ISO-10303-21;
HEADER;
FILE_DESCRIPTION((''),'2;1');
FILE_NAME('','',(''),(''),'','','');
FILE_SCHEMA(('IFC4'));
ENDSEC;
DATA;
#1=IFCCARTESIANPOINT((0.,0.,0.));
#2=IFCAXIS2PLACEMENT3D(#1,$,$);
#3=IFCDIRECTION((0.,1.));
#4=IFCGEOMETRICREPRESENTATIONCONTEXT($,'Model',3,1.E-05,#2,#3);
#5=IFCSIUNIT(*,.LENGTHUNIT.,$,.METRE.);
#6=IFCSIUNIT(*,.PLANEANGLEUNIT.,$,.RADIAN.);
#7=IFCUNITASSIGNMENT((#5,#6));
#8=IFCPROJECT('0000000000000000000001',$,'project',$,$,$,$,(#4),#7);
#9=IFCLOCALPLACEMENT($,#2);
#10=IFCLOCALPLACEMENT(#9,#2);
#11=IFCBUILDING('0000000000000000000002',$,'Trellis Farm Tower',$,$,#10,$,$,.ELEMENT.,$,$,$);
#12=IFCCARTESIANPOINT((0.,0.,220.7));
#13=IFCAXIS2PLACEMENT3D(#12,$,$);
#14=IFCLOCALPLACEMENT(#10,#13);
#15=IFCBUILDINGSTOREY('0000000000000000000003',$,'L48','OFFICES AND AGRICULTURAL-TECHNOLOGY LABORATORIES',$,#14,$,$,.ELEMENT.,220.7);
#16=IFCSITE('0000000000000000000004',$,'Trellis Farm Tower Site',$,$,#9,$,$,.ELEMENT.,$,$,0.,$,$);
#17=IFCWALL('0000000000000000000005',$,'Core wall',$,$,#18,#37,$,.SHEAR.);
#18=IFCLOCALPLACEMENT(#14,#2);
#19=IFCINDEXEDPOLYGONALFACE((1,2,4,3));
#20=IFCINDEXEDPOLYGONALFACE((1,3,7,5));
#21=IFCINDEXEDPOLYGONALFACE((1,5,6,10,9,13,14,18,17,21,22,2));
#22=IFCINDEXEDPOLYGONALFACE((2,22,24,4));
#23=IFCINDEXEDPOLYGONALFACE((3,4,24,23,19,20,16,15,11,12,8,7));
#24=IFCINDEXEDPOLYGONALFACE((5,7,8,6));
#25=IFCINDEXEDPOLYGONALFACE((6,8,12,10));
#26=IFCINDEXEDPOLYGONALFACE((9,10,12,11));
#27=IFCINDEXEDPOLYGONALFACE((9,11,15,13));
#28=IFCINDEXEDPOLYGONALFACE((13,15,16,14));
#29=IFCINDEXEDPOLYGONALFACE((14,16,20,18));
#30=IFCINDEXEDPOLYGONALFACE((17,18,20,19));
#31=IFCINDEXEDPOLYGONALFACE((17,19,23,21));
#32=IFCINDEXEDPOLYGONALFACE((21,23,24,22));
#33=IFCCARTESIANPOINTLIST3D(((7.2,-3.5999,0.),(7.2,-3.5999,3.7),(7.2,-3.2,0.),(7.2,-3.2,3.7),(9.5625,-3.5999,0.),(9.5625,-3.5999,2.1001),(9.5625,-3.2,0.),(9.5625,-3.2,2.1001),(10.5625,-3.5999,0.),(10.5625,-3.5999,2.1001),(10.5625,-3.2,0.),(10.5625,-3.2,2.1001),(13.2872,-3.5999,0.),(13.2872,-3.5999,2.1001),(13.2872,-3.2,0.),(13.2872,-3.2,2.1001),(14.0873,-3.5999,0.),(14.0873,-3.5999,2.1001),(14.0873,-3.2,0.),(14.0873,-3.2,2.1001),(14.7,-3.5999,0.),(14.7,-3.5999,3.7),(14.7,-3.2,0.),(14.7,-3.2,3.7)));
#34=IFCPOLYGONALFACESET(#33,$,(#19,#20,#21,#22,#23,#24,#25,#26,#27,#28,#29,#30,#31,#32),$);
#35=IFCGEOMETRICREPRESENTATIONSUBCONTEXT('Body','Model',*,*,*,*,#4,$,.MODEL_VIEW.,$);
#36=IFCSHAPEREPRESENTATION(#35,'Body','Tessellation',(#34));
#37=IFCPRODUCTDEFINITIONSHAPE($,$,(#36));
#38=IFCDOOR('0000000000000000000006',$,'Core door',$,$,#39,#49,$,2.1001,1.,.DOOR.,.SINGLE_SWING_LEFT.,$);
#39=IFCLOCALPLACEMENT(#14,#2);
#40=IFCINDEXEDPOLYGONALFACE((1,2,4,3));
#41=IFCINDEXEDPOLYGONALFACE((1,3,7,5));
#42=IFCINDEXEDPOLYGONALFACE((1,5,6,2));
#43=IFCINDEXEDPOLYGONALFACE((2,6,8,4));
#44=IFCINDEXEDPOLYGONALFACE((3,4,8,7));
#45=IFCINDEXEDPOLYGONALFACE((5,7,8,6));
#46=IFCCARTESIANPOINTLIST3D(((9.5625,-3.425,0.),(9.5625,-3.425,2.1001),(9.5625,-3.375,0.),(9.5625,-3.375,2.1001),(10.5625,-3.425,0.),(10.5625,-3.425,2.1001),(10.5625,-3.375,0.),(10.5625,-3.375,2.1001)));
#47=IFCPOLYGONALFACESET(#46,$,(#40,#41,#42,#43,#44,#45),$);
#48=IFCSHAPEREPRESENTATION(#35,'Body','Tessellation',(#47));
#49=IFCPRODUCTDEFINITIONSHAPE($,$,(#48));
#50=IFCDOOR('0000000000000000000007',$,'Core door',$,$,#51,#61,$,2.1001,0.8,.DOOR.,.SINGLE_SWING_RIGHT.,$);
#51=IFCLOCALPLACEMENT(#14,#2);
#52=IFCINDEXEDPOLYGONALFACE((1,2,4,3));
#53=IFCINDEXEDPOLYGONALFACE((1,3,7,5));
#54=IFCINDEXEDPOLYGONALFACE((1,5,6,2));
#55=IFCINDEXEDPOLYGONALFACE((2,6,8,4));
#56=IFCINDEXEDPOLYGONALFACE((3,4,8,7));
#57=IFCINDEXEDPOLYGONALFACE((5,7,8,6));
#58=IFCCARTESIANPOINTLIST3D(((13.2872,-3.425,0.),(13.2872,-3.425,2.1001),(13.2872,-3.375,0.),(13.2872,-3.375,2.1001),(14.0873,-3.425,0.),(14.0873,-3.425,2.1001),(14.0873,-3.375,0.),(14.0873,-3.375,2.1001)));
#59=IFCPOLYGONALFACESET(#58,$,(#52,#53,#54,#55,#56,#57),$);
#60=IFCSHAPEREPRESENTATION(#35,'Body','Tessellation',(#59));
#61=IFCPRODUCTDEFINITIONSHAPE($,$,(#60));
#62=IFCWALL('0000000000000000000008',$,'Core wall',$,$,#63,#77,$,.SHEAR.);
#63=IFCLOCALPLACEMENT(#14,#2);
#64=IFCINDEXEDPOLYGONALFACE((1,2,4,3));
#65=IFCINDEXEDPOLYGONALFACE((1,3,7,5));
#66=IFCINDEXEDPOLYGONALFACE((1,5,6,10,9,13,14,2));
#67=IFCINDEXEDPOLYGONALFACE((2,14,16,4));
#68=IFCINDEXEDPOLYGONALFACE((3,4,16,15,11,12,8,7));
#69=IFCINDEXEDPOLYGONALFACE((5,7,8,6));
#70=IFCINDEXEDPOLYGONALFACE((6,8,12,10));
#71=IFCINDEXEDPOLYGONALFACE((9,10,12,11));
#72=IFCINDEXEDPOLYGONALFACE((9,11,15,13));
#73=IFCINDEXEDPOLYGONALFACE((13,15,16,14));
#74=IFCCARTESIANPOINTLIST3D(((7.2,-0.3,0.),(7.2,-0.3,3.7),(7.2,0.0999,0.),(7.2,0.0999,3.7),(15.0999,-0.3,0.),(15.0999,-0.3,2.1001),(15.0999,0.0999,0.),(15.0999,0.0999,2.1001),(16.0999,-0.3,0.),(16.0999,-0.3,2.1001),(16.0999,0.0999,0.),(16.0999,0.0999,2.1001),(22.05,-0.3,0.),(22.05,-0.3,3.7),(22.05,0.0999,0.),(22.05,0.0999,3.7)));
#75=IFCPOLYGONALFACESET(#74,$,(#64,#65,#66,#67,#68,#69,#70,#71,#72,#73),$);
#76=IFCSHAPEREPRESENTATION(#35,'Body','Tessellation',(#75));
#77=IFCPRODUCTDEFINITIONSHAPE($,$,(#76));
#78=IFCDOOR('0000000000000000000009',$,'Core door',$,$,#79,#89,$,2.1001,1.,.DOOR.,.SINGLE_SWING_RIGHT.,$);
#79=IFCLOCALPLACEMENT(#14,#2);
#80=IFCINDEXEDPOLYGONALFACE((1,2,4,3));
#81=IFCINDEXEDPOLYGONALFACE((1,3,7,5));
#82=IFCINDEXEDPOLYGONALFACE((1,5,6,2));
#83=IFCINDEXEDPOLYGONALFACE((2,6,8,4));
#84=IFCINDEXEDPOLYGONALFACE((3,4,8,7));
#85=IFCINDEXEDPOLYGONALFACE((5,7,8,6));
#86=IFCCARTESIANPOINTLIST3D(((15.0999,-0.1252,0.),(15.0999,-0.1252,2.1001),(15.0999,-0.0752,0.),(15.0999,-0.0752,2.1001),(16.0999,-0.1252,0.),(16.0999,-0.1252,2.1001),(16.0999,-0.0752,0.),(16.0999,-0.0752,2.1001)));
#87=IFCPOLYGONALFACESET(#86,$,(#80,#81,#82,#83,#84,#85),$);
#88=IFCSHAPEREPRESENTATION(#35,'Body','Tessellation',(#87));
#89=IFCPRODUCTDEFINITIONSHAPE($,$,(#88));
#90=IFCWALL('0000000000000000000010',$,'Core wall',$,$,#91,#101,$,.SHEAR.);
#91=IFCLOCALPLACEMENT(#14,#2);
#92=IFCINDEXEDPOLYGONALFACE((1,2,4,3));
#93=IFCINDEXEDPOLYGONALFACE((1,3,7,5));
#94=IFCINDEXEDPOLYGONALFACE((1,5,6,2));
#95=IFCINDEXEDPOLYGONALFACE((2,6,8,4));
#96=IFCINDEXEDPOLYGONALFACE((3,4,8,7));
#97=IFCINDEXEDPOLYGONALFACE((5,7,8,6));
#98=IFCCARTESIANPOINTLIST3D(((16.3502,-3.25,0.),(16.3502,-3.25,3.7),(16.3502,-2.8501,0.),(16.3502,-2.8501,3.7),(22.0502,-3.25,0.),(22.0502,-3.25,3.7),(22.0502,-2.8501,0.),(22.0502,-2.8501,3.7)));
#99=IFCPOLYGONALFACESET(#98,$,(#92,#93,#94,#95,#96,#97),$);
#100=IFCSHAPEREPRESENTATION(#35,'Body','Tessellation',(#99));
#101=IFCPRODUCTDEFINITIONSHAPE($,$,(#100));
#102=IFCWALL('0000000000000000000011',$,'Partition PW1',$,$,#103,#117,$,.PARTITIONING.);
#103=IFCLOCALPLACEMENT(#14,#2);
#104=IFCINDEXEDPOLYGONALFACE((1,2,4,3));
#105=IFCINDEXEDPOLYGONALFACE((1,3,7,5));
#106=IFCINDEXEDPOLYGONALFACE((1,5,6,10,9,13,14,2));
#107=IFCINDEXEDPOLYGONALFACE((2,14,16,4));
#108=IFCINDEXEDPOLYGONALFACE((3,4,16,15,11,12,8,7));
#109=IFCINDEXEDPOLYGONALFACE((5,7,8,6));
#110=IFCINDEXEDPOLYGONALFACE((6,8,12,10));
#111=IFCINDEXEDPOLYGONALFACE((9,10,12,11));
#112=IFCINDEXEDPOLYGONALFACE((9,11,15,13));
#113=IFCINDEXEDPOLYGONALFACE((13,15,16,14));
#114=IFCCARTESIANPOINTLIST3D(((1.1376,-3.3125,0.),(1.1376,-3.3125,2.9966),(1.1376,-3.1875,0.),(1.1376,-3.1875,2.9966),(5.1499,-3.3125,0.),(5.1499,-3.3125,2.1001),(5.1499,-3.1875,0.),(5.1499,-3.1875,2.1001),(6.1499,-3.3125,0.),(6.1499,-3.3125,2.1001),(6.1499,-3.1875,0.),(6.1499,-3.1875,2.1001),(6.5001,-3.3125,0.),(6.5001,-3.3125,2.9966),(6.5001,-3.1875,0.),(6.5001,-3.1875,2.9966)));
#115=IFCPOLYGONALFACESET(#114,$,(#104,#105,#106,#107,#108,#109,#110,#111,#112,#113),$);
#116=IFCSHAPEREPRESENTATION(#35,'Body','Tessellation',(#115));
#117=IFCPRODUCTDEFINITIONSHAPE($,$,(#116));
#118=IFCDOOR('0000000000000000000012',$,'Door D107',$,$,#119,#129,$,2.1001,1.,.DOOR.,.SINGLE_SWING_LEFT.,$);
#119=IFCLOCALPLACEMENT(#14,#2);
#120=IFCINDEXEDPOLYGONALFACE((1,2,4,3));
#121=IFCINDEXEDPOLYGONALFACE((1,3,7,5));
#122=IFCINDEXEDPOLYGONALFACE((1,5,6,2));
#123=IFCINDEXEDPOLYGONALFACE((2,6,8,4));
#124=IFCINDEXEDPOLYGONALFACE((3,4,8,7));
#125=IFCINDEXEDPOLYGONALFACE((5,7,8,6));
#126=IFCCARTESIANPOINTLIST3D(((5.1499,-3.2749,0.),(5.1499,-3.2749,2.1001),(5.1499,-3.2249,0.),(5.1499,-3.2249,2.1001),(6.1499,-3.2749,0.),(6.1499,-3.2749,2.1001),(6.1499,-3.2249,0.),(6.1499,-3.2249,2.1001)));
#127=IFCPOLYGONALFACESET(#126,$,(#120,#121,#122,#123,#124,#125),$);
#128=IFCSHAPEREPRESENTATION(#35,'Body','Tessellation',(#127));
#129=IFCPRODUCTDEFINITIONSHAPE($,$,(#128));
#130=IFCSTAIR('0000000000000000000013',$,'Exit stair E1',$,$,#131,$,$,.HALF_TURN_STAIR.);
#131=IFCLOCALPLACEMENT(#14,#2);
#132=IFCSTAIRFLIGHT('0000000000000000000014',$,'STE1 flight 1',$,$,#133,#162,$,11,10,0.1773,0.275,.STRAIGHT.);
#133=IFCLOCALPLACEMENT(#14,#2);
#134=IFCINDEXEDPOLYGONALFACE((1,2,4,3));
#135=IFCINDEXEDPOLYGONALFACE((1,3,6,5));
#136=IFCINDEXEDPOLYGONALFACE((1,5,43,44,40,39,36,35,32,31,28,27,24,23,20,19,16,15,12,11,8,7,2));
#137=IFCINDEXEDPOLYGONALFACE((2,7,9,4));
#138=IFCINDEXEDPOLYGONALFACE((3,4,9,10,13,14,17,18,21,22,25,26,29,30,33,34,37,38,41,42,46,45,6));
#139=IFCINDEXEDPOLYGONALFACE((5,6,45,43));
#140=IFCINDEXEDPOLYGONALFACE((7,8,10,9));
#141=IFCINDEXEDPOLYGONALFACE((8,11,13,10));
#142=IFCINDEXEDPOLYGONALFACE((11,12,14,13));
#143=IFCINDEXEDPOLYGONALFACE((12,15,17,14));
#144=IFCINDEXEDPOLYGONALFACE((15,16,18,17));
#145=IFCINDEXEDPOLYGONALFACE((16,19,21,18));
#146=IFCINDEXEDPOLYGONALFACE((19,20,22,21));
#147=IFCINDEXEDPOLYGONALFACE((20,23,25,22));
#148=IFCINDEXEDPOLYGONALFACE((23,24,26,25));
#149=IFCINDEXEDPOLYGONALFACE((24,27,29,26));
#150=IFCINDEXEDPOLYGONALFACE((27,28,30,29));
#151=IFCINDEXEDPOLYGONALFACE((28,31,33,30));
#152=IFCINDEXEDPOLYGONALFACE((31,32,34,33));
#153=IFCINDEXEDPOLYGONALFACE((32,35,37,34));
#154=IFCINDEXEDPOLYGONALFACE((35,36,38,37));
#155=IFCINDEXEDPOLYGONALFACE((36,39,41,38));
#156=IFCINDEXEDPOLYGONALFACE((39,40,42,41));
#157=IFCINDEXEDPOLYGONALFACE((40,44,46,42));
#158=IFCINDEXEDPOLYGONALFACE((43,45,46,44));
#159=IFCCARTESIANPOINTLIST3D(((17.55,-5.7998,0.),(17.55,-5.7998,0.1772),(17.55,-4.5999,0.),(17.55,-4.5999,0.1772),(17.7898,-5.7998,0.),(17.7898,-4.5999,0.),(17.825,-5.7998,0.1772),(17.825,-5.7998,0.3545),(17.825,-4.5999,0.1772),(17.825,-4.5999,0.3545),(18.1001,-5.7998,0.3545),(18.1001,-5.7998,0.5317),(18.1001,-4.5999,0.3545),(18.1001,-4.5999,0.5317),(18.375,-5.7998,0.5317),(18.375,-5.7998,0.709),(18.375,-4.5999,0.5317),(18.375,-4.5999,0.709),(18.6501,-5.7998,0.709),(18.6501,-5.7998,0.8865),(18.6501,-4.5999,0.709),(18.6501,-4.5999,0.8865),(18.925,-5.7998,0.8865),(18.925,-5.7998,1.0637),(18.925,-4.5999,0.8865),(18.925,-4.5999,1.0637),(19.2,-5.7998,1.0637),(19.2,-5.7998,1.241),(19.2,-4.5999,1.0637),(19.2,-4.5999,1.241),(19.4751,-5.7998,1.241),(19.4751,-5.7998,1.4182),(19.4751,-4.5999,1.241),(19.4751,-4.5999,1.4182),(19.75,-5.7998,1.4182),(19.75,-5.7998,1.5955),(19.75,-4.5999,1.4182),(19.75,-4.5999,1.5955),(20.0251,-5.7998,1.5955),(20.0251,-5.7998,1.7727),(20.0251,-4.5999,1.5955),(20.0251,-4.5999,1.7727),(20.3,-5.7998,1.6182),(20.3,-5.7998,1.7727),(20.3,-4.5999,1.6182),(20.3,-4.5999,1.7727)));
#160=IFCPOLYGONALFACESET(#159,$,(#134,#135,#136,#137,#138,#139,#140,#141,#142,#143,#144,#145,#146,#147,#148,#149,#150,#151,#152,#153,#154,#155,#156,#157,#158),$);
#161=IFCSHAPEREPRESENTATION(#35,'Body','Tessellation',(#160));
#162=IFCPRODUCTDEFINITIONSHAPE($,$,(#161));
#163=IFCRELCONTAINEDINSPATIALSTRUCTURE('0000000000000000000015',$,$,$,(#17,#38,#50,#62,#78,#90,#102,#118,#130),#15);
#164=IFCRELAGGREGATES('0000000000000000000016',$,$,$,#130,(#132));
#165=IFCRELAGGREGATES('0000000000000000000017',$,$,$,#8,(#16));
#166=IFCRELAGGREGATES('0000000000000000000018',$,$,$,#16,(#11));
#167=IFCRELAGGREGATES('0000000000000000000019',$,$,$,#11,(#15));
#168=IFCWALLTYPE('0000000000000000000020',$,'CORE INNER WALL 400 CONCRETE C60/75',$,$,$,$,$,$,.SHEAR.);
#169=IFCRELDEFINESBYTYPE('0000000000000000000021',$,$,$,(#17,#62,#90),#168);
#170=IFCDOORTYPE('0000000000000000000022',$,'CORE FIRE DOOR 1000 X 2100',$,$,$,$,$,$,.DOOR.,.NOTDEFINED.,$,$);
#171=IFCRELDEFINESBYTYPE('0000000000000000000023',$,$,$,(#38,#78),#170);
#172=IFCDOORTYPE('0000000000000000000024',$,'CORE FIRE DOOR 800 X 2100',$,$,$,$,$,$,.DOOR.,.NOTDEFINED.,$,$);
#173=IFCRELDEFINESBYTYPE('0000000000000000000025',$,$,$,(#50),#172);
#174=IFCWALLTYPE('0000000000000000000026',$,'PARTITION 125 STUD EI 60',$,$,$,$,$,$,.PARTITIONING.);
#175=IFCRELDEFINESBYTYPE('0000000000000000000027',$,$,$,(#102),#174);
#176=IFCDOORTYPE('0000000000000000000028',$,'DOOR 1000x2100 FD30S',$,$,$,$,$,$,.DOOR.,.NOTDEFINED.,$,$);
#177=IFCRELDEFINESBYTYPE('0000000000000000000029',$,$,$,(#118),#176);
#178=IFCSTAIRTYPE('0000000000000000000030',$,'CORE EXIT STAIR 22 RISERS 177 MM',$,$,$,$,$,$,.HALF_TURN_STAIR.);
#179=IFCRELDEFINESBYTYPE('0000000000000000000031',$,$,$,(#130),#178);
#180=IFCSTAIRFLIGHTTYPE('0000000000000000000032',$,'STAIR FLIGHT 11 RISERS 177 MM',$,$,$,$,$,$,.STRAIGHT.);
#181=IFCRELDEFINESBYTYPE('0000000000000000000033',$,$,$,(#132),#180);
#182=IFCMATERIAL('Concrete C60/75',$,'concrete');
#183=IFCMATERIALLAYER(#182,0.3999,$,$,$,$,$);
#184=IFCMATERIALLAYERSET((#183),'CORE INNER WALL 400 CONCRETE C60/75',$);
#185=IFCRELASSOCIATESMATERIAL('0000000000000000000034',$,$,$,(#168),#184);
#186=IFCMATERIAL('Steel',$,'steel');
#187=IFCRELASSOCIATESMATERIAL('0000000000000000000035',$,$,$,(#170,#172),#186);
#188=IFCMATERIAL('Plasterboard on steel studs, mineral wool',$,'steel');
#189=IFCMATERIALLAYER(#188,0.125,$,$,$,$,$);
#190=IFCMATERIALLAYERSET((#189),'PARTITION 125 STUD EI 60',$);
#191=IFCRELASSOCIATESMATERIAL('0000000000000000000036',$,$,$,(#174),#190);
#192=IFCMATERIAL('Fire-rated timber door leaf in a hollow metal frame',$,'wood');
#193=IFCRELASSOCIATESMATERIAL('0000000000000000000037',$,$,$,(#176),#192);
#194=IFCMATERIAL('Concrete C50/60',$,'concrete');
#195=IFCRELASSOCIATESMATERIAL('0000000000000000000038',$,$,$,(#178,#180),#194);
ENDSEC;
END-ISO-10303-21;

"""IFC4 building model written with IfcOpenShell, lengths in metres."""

from ifc_helpers import new_model, si_unit, direction, frame, frame_2d, origin, place, context, subcontext, project, spatial, polyline, rectangle, outline, extrude, source, transform, mapped, material, layer, layer_set, type_object, element, fill, aggregate, save


model = new_model("IFC4")

# Units and contexts
model_context = context("Model", 3, precision=1e-05, world=origin(), true_north=direction((0.0, 1.0)))
body_context = subcontext(model_context, "Body", "Model", "MODEL_VIEW")
ifc_project = project(units=[si_unit("LENGTHUNIT", "METRE"), si_unit("PLANEANGLEUNIT", "RADIAN")], contexts=[model_context])

# Site, building, storey
site_placement = place(None, origin())
site = spatial("IfcSite", under=ifc_project, at=site_placement, Name="Trellis Farm Tower Site", CompositionType="ELEMENT", RefElevation=0.0)
building_placement = place(site_placement, origin())
building = spatial("IfcBuilding", under=site, at=building_placement, Name="Trellis Farm Tower", CompositionType="ELEMENT")
storey_placement = place(building_placement, frame((0.0, 0.0, 220.7)))
storey = spatial("IfcBuildingStorey", under=building, at=storey_placement, Name="L48", Description="OFFICES AND AGRICULTURAL-TECHNOLOGY LABORATORIES", CompositionType="ELEMENT", Elevation=220.7)

# Shared definitions
ifc_material_1 = material(Name="Concrete C60/75", Category="concrete")

# Shared definitions
placement = place(storey_placement, origin())

# Wall, openings, doors
ifc_layer_1 = layer(ifc_material_1, 0.3999)
ifc_layer_set_1 = layer_set([ifc_layer_1], Name="CORE INNER WALL 400 CONCRETE C60/75")
wall_type_1 = type_object("IfcWallType", Name="CORE INNER WALL 400 CONCRETE C60/75", PredefinedType="SHEAR", material=ifc_layer_set_1)
shared_shape_1 = source(origin(), body_context, "Body", "SweptSolid", [
    extrude(rectangle(XDim=7.5, YDim=0.3999, at=frame_2d((3.75, 0.0))), origin(), (0.0, 0.0, 1.0), 3.7),
])
wall_1_placement = place(storey_placement, frame((7.2, -3.3999, 0.0), z_axis=(0.0, 0.0, 1.0), x_axis=(1.0, 0.0, 0.0)))
wall_1 = element("IfcWall", 1, at=wall_1_placement, inside=storey, type_object=wall_type_1, Name="Core wall", PredefinedType="SHEAR", context=body_context, shape_type="MappedRepresentation", body=[
    mapped(shared_shape_1, transform((0.0, 0.0, 0.0))),
])
shared_shape_2 = source(origin(), body_context, "Body", "SweptSolid", [
    extrude(rectangle(XDim=1.0, YDim=2.1001, at=frame_2d((0.5, 1.05))), frame((0.0, 0.21, 0.0), z_axis=(0.0, -1.0, 0.0), x_axis=(1.0, 0.0, 0.0)), (0.0, 0.0, 1.0), 0.4199),
])
opening_1_placement = place(wall_1_placement, frame((2.3625, 0.0, 0.0)))
opening_1 = element("IfcOpeningElement", 2, at=opening_1_placement, cuts=wall_1, PredefinedType="OPENING", context=body_context, shape_type="MappedRepresentation", body=[
    mapped(shared_shape_2, transform((0.0, 0.0, 0.0))),
])
shared_shape_3 = source(origin(), body_context, "Body", "SweptSolid", [
    extrude(rectangle(XDim=0.8, YDim=2.1001, at=frame_2d((0.3999, 1.05))), frame((0.0, 0.21, 0.0), z_axis=(0.0, -1.0, 0.0), x_axis=(1.0, 0.0, 0.0)), (0.0, 0.0, 1.0), 0.4199),
])
opening_2_placement = place(wall_1_placement, frame((6.0874, 0.0, 0.0)))
opening_2 = element("IfcOpeningElement", 3, at=opening_2_placement, cuts=wall_1, PredefinedType="OPENING", context=body_context, shape_type="MappedRepresentation", body=[
    mapped(shared_shape_3, transform((0.0, 0.0, 0.0))),
])
ifc_material_2 = material(Name="Steel", Category="steel")
door_type_1 = type_object("IfcDoorType", Name="CORE FIRE DOOR 1000 X 2100", OperationType="NOTDEFINED", PredefinedType="DOOR", material=ifc_material_2)
shared_shape_4 = source(origin(), body_context, "Body", "SweptSolid", [
    extrude(rectangle(XDim=1.0, YDim=2.1001, at=frame_2d((0.5, 1.05))), frame((0.0, 0.0249, 0.0), z_axis=(0.0, -1.0, 0.0), x_axis=(1.0, 0.0, 0.0)), (0.0, 0.0, 1.0), 0.05),
])
door_1_placement = place(opening_1_placement, origin())
door_1 = element("IfcDoor", 4, at=door_1_placement, inside=storey, type_object=door_type_1, Name="Core door", OperationType="SINGLE_SWING_LEFT", OverallHeight=2.1001, OverallWidth=1.0, PredefinedType="DOOR", context=body_context, shape_type="MappedRepresentation", body=[
    mapped(shared_shape_4, transform((0.0, 0.0, 0.0))),
])
fill(opening_1, door_1)
door_type_2 = type_object("IfcDoorType", Name="CORE FIRE DOOR 800 X 2100", OperationType="NOTDEFINED", PredefinedType="DOOR", material=ifc_material_2)
shared_shape_5 = source(origin(), body_context, "Body", "SweptSolid", [
    extrude(rectangle(XDim=0.8, YDim=2.1001, at=frame_2d((0.3999, 1.05))), frame((0.0, 0.0249, 0.0), z_axis=(0.0, -1.0, 0.0), x_axis=(1.0, 0.0, 0.0)), (0.0, 0.0, 1.0), 0.05),
])
door_2_placement = place(opening_2_placement, origin())
door_2 = element("IfcDoor", 5, at=door_2_placement, inside=storey, type_object=door_type_2, Name="Core door", OperationType="SINGLE_SWING_RIGHT", OverallHeight=2.1001, OverallWidth=0.8, PredefinedType="DOOR", context=body_context, shape_type="MappedRepresentation", body=[
    mapped(shared_shape_5, transform((0.0, 0.0, 0.0))),
])
fill(opening_2, door_2)

# Wall, opening, door
shared_shape_6 = source(origin(), body_context, "Body", "SweptSolid", [
    extrude(rectangle(XDim=14.8501, YDim=0.3999, at=frame_2d((7.425, 0.0))), origin(), (0.0, 0.0, 1.0), 3.7),
])
wall_2_placement = place(storey_placement, frame((7.2, -0.1001, 0.0), z_axis=(0.0, 0.0, 1.0), x_axis=(1.0, 0.0, 0.0)))
wall_2 = element("IfcWall", 6, at=wall_2_placement, inside=storey, type_object=wall_type_1, Name="Core wall", PredefinedType="SHEAR", context=body_context, shape_type="MappedRepresentation", body=[
    mapped(shared_shape_6, transform((0.0, 0.0, 0.0))),
])
opening_3_placement = place(wall_2_placement, frame((7.8999, 0.0, 0.0)))
opening_3 = element("IfcOpeningElement", 7, at=opening_3_placement, cuts=wall_2, PredefinedType="OPENING", context=body_context, shape_type="MappedRepresentation", body=[
    mapped(shared_shape_2, transform((0.0, 0.0, 0.0))),
])
door_3_placement = place(opening_3_placement, origin())
door_3 = element("IfcDoor", 8, at=door_3_placement, inside=storey, type_object=door_type_1, Name="Core door", OperationType="SINGLE_SWING_RIGHT", OverallHeight=2.1001, OverallWidth=1.0, PredefinedType="DOOR", context=body_context, shape_type="MappedRepresentation", body=[
    mapped(shared_shape_4, transform((0.0, 0.0, 0.0))),
])
fill(opening_3, door_3)

# Wall
shared_shape_7 = source(origin(), body_context, "Body", "SweptSolid", [
    extrude(rectangle(XDim=5.7, YDim=0.3999, at=frame_2d((2.8501, 0.0))), origin(), (0.0, 0.0, 1.0), 3.7),
])
wall_3_placement = place(storey_placement, frame((16.3501, -3.05, 0.0), z_axis=(0.0, 0.0, 1.0), x_axis=(1.0, 0.0, 0.0)))
element("IfcWall", 9, at=wall_3_placement, inside=storey, type_object=wall_type_1, Name="Core wall", PredefinedType="SHEAR", context=body_context, shape_type="MappedRepresentation", body=[
    mapped(shared_shape_7, transform((0.0, 0.0, 0.0))),
])

# Wall, opening, door
ifc_material_3 = material(Name="Plasterboard on steel studs, mineral wool", Category="steel")
ifc_layer_2 = layer(ifc_material_3, 0.125)
ifc_layer_set_2 = layer_set([ifc_layer_2], Name="PARTITION 125 STUD EI 60")
wall_type_2 = type_object("IfcWallType", Name="PARTITION 125 STUD EI 60", PredefinedType="PARTITIONING", material=ifc_layer_set_2)
shared_shape_8 = source(origin(), body_context, "Body", "SweptSolid", [
    extrude(rectangle(XDim=5.3625, YDim=0.125, at=frame_2d((2.6812, 0.0))), origin(), (0.0, 0.0, 1.0), 2.9966),
])
wall_4_placement = place(storey_placement, frame((6.5, -3.25, 0.0), z_axis=(0.0, 0.0, 1.0), x_axis=(-1.0, 0.0, 0.0)))
wall_4 = element("IfcWall", 10, at=wall_4_placement, inside=storey, type_object=wall_type_2, Name="Partition PW1", PredefinedType="PARTITIONING", context=body_context, shape_type="MappedRepresentation", body=[
    mapped(shared_shape_8, transform((0.0, 0.0, 0.0))),
])
shared_shape_9 = source(origin(), body_context, "Body", "SweptSolid", [
    extrude(rectangle(XDim=1.0, YDim=2.1001, at=frame_2d((0.5, 1.05))), frame((0.0, 0.0725, 0.0), z_axis=(0.0, -1.0, 0.0), x_axis=(1.0, 0.0, 0.0)), (0.0, 0.0, 1.0), 0.145),
])
opening_4_placement = place(wall_4_placement, frame((0.3501, 0.0, 0.0)))
opening_4 = element("IfcOpeningElement", 11, at=opening_4_placement, cuts=wall_4, PredefinedType="OPENING", context=body_context, shape_type="MappedRepresentation", body=[
    mapped(shared_shape_9, transform((0.0, 0.0, 0.0))),
])
ifc_material_4 = material(Name="Fire-rated timber door leaf in a hollow metal frame", Category="wood")
door_type_3 = type_object("IfcDoorType", Name="DOOR 1000x2100 FD30S", OperationType="NOTDEFINED", PredefinedType="DOOR", material=ifc_material_4)
door_4_placement = place(opening_4_placement, origin())
door_4 = element("IfcDoor", 12, at=door_4_placement, inside=storey, type_object=door_type_3, Name="Door D107", OperationType="SINGLE_SWING_LEFT", OverallHeight=2.1001, OverallWidth=1.0, PredefinedType="DOOR", context=body_context, shape_type="MappedRepresentation", body=[
    mapped(shared_shape_4, transform((0.0, 0.0, 0.0))),
])
fill(opening_4, door_4)

# Stair, stair flight
ifc_material_5 = material(Name="Concrete C50/60", Category="concrete")
stair_type = type_object("IfcStairType", Name="CORE EXIT STAIR 22 RISERS 177 MM", PredefinedType="HALF_TURN_STAIR", material=ifc_material_5)
stair_1 = element("IfcStair", 13, at=placement, inside=storey, type_object=stair_type, Name="Exit stair E1", PredefinedType="HALF_TURN_STAIR")
stair_flight_type = type_object("IfcStairFlightType", Name="STAIR FLIGHT 11 RISERS 177 MM", PredefinedType="STRAIGHT", material=ifc_material_5)
shared_shape_10 = source(origin(), body_context, "Body", "SweptSolid", [
    extrude(outline(polyline([(0.0, 0.0), (0.0, 0.1772), (0.2749, 0.1772), (0.2749, 0.3545), (0.55, 0.3545), (0.55, 0.5317), (0.825, 0.5317), (0.825, 0.709), (1.1001, 0.709), (1.1001, 0.8865), (1.375, 0.8865), (1.375, 1.0637), (1.6499, 1.0637), (1.6499, 1.241), (1.925, 1.241), (1.925, 1.4182), (2.2, 1.4182), (2.2, 1.5955), (2.4751, 1.5955), (2.4751, 1.7727), (2.75, 1.7727), (2.75, 1.95), (2.75, 1.6182), (0.2397, 0.0), (0.0, 0.0)])), frame((0.0, 0.6001, 0.0), z_axis=(0.0, -1.0, 0.0), x_axis=(1.0, 0.0, 0.0)), (0.0, 0.0, 1.0), 1.2),
])
stair_flight_1_placement = place(storey_placement, frame((17.55, -5.2, 0.0), z_axis=(0.0, 0.0, 1.0), x_axis=(1.0, 0.0, 0.0)))
stair_flight_1 = element("IfcStairFlight", 14, at=stair_flight_1_placement, type_object=stair_flight_type, Name="STE1 flight 1", NumberOfRisers=11, NumberOfTreads=10, PredefinedType="STRAIGHT", RiserHeight=0.1773, TreadLength=0.275, context=body_context, shape_type="MappedRepresentation", body=[
    mapped(shared_shape_10, transform((0.0, 0.0, 0.0))),
])
aggregate(stair_1, [stair_flight_1])

save(model, "model.ifc")
